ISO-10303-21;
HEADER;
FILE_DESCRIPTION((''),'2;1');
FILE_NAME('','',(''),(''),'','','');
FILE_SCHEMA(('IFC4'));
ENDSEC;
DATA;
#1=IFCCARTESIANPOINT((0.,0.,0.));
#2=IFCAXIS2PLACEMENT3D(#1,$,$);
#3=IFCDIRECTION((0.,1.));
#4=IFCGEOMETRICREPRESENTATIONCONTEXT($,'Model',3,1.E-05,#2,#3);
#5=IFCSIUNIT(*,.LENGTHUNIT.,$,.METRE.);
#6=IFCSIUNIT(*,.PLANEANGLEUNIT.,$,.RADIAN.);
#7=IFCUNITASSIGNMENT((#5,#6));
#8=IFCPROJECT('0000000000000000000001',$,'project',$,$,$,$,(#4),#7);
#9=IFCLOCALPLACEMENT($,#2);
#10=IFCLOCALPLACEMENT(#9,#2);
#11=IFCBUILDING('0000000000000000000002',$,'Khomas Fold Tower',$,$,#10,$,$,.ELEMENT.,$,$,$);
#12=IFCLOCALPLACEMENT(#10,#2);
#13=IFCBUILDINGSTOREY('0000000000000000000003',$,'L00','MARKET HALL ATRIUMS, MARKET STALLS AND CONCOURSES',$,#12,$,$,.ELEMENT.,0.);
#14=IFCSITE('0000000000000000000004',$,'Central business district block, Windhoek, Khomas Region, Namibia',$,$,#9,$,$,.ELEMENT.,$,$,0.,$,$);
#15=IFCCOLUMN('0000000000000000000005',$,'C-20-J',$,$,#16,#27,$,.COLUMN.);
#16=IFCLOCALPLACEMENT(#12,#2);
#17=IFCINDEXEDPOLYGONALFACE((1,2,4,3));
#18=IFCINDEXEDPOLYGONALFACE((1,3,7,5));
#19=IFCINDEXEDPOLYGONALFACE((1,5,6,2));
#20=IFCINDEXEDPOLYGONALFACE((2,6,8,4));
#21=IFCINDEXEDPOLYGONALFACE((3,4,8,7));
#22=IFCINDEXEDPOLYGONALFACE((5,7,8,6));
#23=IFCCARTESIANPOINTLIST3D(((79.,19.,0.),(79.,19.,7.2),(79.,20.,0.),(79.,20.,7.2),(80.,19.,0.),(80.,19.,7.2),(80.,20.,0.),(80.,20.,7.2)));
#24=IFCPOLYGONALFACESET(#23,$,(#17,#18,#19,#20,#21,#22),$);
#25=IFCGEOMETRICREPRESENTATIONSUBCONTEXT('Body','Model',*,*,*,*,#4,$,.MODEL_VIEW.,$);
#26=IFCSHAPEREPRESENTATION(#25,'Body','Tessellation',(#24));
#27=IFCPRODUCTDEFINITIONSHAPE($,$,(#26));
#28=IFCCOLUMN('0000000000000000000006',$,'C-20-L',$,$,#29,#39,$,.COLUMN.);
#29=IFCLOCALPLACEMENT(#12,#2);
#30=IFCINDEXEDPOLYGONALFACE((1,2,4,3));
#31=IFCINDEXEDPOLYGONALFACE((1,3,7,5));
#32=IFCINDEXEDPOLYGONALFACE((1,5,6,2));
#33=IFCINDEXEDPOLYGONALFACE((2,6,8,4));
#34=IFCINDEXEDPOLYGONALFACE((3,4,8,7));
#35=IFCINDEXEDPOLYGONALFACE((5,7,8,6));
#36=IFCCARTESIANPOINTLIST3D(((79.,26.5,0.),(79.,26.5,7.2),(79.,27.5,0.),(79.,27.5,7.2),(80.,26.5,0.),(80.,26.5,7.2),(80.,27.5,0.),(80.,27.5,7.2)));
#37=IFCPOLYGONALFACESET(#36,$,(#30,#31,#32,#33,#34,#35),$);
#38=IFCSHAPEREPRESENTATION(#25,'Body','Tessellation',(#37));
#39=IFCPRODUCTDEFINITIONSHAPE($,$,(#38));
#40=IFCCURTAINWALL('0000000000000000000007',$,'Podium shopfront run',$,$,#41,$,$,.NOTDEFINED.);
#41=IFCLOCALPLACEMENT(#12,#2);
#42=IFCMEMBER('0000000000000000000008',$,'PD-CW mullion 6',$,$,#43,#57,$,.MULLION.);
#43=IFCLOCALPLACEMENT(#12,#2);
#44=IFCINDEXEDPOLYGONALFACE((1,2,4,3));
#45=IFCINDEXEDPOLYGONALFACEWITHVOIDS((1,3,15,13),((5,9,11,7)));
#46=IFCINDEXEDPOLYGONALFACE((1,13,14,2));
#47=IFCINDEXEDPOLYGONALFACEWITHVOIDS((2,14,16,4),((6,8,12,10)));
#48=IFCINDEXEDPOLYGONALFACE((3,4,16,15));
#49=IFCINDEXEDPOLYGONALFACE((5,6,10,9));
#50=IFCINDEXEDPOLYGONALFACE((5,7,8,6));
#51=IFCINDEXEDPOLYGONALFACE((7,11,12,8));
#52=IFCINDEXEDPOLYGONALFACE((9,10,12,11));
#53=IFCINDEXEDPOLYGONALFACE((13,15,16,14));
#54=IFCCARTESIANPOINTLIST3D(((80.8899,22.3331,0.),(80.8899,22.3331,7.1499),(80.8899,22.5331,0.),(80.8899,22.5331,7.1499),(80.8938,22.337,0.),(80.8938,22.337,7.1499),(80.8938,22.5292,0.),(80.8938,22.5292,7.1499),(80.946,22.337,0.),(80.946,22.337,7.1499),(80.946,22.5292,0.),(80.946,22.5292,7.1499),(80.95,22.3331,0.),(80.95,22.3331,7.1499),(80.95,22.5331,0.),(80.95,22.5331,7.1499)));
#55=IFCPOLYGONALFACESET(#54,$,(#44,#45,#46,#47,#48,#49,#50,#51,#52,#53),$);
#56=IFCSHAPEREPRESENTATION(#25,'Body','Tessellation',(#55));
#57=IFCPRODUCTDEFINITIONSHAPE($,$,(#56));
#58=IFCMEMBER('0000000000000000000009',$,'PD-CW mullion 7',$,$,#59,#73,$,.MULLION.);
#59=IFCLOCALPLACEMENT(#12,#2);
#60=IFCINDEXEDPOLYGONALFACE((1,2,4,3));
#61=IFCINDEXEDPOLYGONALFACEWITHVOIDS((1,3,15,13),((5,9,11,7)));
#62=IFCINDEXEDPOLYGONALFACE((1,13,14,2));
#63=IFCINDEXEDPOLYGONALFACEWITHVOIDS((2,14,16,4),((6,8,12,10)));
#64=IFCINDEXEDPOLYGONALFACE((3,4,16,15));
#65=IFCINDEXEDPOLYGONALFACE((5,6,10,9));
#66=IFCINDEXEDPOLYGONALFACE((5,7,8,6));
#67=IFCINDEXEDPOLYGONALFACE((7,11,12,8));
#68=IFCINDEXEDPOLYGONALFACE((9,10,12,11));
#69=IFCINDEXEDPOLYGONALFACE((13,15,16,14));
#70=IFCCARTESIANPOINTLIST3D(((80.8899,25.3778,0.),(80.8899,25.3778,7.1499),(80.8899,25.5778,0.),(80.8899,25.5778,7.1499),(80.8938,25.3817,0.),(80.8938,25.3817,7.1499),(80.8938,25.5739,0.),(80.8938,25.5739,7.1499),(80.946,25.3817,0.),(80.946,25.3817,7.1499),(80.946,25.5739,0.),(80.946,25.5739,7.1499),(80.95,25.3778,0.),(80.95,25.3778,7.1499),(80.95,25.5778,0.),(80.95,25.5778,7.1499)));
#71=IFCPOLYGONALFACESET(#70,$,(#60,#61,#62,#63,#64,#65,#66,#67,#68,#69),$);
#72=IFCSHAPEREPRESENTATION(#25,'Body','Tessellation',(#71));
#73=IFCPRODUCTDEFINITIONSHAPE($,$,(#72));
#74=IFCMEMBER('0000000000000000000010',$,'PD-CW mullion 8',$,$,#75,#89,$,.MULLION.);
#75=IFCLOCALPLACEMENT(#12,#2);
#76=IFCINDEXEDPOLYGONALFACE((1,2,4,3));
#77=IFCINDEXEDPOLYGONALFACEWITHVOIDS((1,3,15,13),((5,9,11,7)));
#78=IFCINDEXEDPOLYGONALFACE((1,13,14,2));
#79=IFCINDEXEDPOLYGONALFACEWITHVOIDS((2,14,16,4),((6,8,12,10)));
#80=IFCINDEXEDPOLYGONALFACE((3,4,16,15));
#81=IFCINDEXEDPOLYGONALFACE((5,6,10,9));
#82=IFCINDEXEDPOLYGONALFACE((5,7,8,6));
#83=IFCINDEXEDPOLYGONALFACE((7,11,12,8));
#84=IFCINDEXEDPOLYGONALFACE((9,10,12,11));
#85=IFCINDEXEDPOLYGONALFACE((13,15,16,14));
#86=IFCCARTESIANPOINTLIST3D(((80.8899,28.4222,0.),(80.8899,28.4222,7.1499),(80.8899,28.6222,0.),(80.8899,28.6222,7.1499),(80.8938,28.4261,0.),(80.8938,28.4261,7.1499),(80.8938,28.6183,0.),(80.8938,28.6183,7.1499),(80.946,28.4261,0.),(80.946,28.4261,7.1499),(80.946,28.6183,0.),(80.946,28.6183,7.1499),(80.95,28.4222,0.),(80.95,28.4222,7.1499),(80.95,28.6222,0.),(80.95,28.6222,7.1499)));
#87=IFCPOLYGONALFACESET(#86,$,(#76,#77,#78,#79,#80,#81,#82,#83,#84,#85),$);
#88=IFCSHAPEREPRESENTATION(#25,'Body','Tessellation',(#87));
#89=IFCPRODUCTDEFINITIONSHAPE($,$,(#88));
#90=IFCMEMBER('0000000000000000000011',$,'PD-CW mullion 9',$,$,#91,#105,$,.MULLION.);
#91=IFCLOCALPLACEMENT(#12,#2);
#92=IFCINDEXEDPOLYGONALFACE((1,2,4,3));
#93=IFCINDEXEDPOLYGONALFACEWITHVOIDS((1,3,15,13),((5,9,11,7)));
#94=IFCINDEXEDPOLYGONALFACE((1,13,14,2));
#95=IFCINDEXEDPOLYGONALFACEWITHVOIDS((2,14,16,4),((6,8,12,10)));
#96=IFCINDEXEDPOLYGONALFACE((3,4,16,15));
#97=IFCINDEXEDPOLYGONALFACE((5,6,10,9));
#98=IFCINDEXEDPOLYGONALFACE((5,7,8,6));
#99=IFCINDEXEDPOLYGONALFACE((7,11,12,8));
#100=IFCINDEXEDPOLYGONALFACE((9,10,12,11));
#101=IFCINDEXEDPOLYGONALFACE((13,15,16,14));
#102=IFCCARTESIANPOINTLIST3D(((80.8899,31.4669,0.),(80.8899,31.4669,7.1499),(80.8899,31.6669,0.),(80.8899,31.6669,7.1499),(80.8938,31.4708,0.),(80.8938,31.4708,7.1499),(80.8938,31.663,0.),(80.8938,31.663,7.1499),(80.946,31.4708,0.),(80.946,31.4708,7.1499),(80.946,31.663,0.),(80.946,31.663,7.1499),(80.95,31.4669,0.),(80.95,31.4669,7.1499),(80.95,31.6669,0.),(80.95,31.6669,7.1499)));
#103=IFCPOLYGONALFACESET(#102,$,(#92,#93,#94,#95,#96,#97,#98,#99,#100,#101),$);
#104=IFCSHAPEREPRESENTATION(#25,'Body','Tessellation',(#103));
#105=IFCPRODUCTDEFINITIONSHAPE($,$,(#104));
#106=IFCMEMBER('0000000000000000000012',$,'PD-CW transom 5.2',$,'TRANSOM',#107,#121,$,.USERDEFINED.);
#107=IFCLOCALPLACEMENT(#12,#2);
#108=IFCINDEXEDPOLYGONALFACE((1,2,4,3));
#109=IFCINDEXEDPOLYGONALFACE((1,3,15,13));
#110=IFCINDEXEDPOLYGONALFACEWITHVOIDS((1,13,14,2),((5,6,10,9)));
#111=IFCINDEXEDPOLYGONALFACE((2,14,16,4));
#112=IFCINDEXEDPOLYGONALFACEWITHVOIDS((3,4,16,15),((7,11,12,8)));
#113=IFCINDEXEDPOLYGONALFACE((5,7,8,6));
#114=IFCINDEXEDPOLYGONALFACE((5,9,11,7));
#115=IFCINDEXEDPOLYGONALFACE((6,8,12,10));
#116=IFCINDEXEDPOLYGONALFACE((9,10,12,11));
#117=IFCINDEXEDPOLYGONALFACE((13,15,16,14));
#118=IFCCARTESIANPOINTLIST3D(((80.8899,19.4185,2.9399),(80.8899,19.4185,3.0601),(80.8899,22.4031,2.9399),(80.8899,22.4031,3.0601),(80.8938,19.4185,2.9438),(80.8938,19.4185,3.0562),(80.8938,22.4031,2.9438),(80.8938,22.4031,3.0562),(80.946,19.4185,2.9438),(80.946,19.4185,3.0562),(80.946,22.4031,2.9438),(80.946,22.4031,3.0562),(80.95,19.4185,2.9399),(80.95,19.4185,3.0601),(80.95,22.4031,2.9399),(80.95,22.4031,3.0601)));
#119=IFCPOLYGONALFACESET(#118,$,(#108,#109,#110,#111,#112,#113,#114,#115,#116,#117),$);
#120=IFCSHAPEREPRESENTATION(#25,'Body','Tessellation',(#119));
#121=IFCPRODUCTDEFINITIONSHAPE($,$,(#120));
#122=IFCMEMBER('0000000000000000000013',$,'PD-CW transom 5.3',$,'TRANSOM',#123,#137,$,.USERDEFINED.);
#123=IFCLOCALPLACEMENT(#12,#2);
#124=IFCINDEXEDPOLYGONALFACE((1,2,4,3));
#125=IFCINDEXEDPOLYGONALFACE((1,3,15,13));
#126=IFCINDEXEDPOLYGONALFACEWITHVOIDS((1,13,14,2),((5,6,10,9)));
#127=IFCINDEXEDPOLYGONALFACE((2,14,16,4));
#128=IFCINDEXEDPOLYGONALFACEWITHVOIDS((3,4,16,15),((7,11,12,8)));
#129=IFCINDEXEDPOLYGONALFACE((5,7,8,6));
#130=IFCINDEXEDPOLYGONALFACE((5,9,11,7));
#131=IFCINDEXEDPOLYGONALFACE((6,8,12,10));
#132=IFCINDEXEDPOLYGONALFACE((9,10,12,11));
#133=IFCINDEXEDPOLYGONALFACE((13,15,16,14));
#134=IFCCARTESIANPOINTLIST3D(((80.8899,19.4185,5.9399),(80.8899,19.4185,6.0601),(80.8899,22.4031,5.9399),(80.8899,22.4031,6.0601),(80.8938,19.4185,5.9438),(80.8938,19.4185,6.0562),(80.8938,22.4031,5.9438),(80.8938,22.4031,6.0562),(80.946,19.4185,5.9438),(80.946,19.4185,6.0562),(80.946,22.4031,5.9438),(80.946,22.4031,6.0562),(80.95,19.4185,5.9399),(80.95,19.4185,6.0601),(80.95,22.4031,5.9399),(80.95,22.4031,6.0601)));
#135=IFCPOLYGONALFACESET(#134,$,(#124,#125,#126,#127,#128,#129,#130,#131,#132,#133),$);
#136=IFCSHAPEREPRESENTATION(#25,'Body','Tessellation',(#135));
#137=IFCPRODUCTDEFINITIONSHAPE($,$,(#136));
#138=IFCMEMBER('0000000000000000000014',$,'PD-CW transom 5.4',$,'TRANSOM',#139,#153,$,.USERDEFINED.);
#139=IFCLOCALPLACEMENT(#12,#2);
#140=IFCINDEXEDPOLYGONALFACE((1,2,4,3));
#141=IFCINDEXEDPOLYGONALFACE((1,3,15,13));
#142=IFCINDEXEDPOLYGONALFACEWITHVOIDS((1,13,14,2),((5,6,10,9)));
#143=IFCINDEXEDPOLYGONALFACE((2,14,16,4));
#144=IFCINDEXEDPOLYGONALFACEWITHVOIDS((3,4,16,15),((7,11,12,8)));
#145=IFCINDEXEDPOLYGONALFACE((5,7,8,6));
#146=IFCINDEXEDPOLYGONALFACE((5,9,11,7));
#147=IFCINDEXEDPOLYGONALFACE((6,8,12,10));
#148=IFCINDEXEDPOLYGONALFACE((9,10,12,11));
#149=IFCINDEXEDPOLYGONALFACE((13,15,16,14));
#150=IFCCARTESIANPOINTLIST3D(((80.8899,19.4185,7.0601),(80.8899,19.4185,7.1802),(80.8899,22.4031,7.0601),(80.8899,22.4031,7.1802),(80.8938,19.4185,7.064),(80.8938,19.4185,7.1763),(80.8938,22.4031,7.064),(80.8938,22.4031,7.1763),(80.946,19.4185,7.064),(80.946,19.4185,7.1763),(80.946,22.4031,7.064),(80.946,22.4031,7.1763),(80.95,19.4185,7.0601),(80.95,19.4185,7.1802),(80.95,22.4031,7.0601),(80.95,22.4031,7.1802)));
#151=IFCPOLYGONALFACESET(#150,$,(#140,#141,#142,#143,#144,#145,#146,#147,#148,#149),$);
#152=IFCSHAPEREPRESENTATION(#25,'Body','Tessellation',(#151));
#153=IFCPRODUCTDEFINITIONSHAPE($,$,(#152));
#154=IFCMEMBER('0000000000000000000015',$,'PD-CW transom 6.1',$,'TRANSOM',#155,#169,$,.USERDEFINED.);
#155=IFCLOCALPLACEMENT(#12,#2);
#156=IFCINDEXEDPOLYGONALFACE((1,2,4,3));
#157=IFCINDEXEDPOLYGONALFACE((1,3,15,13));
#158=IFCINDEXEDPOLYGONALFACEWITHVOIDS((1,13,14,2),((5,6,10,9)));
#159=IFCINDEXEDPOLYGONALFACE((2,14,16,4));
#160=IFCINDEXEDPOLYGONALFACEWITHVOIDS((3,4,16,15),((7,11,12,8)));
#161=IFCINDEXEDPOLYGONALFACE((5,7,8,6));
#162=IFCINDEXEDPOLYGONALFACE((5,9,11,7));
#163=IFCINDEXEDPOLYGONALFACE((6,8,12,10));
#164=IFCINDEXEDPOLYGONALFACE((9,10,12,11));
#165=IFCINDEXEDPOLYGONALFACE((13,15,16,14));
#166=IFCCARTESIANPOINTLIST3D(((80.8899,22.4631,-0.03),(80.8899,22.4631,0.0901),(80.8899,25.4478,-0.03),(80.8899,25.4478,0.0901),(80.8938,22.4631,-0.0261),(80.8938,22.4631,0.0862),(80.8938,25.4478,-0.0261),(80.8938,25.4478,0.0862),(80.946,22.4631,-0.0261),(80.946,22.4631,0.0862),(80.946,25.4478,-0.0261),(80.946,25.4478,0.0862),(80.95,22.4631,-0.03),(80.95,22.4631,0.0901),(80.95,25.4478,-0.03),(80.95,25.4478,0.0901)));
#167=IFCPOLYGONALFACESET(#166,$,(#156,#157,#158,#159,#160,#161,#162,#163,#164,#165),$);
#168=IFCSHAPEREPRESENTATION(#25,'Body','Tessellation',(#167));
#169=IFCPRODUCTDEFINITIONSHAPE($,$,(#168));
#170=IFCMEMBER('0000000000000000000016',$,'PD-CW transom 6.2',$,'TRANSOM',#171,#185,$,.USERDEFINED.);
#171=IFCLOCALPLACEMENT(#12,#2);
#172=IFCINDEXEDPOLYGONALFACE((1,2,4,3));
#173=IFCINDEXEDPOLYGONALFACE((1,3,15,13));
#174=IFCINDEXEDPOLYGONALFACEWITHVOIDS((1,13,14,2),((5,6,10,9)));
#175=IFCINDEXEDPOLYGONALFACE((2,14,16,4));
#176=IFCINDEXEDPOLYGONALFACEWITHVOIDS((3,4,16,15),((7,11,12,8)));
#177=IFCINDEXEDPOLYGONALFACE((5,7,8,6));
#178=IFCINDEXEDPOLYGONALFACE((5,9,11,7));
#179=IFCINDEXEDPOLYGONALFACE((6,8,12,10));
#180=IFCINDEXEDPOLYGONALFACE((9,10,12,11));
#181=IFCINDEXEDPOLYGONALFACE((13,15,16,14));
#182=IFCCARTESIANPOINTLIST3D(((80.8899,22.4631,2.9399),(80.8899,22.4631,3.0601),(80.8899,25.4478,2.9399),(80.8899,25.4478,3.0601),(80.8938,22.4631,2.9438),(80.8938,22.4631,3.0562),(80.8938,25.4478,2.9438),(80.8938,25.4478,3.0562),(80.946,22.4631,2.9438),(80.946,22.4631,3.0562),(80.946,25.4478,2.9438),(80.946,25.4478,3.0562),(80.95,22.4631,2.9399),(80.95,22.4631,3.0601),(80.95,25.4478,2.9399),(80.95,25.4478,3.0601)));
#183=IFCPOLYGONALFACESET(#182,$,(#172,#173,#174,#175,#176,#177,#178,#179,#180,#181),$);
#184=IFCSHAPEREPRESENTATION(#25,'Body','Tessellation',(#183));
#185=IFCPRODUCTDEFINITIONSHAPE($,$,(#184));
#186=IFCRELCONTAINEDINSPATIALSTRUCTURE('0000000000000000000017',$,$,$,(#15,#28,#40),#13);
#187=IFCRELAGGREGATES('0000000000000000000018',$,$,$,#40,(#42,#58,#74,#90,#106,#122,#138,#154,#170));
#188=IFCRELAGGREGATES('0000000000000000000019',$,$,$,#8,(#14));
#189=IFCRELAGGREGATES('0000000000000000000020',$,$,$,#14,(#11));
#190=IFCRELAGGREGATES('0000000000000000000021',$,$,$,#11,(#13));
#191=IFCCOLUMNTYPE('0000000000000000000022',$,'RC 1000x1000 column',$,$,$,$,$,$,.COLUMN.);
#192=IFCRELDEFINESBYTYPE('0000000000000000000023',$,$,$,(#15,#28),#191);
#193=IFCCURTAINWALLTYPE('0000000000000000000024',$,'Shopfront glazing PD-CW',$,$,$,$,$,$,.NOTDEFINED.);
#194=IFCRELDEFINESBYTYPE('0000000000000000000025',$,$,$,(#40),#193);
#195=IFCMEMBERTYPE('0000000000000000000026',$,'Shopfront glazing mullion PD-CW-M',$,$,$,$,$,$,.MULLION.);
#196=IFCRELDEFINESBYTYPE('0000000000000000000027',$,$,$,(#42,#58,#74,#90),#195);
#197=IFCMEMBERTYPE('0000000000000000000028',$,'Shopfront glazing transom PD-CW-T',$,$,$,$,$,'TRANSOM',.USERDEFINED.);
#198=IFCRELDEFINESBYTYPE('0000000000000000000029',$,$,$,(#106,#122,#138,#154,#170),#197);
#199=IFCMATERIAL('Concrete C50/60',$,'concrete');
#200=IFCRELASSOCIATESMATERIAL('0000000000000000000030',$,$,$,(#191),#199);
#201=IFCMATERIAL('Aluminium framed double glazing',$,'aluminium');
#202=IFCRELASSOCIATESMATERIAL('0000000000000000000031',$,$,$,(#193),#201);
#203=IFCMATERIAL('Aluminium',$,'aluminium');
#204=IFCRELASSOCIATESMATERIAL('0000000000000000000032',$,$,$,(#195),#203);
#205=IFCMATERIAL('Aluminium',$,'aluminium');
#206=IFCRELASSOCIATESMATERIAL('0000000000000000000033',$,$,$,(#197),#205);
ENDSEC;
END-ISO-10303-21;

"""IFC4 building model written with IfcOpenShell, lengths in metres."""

from ifc_helpers import new_model, si_unit, direction, frame, origin, origin_2d, place, context, subcontext, project, spatial, rectangle, hollow_rectangle, extrude, source, transform, mapped, material, material_profile, profile_set, type_object, element, aggregate, save


model = new_model("IFC4")

# Units and contexts
model_context = context("Model", 3, precision=1e-05, world=origin(), true_north=direction((0.0, 1.0)))
body_context = subcontext(model_context, "Body", "Model", "MODEL_VIEW")
ifc_project = project(units=[si_unit("LENGTHUNIT", "METRE"), si_unit("PLANEANGLEUNIT", "RADIAN")], contexts=[model_context])

# Site, building, storey
site_placement = place(None, origin())
site = spatial("IfcSite", under=ifc_project, at=site_placement, Name="Central business district block, Windhoek, Khomas Region, Namibia", CompositionType="ELEMENT", RefElevation=0.0)
building_placement = place(site_placement, origin())
building = spatial("IfcBuilding", under=site, at=building_placement, Name="Khomas Fold Tower", CompositionType="ELEMENT")
storey_placement = place(building_placement, origin())
storey = spatial("IfcBuildingStorey", under=building, at=storey_placement, Name="L00", Description="MARKET HALL ATRIUMS, MARKET STALLS AND CONCOURSES", CompositionType="ELEMENT", Elevation=0.0)

# Columns
ifc_material_1 = material(Name="Concrete C50/60", Category="concrete")
ifc_material_profile_1 = material_profile(ifc_material_1, rectangle(XDim=1.0, YDim=1.0, at=origin_2d()), Name="RC 1000x1000")
ifc_profile_set_1 = profile_set([ifc_material_profile_1], Name="Concrete C50/60")
column_type = type_object("IfcColumnType", Name="RC 1000x1000 column", PredefinedType="COLUMN", material=ifc_profile_set_1)
shared_shape_1 = source(origin(), body_context, "Body", "SweptSolid", [
    extrude(rectangle(XDim=1.0, YDim=1.0, at=origin_2d()), origin(), (0.0, 0.0, 1.0), 7.2),
])
for number, where, z_axis, x_axis, name in (
    (1, (79.5, 19.5, 0.0), (0.0, 0.0, 1.0), (1.0, 0.0, 0.0), "C-20-J"),
    (2, (79.5, 27.0, 0.0), (0.0, 0.0, 1.0), (1.0, 0.0, 0.0), "C-20-L"),
):
    element("IfcColumn", number, at=place(storey_placement, frame(where, z_axis=z_axis, x_axis=x_axis)), inside=storey, type_object=column_type, Name=name, PredefinedType="COLUMN", context=body_context, shape_type="MappedRepresentation", body=[
        mapped(shared_shape_1, transform((0.0, 0.0, 0.0))),
    ])

# Curtain wall, members
ifc_material_2 = material(Name="Aluminium framed double glazing", Category="aluminium")
curtain_wall_type = type_object("IfcCurtainWallType", Name="Shopfront glazing PD-CW", PredefinedType="NOTDEFINED", material=ifc_material_2)
curtain_wall_placement = place(storey_placement, origin())
curtain_wall = element("IfcCurtainWall", 3, at=curtain_wall_placement, inside=storey, type_object=curtain_wall_type, Name="Podium shopfront run", PredefinedType="NOTDEFINED")
ifc_material_3 = material(Name="Aluminium", Category="aluminium")
ifc_material_profile_2 = material_profile(ifc_material_3, hollow_rectangle(XDim=0.0601, YDim=0.2, WallThickness=0.0039, at=origin_2d()), Name="Shopfront glazing mullion PD-CW-M")
ifc_profile_set_2 = profile_set([ifc_material_profile_2], Name="Aluminium")
member_type_1 = type_object("IfcMemberType", Name="Shopfront glazing mullion PD-CW-M", PredefinedType="MULLION", material=ifc_profile_set_2)
shared_shape_2 = source(origin(), body_context, "Body", "SweptSolid", [
    extrude(hollow_rectangle(XDim=0.0601, YDim=0.2, WallThickness=0.0039, at=origin_2d()), origin(), (0.0, 0.0, 1.0), 7.1499),
])
member_1_placement = place(storey_placement, frame((80.9199, 22.4331, 0.0), z_axis=(0.0, 0.0, 1.0), x_axis=(-1.0, 0.0, 0.0)))
member_1 = element("IfcMember", 4, at=member_1_placement, type_object=member_type_1, Name="PD-CW mullion 6", PredefinedType="MULLION", context=body_context, shape_type="MappedRepresentation", body=[
    mapped(shared_shape_2, transform((0.0, 0.0, 0.0))),
])
member_2_placement = place(storey_placement, frame((80.9199, 25.4778, 0.0), z_axis=(0.0, 0.0, 1.0), x_axis=(-1.0, 0.0, 0.0)))
member_2 = element("IfcMember", 5, at=member_2_placement, type_object=member_type_1, Name="PD-CW mullion 7", PredefinedType="MULLION", context=body_context, shape_type="MappedRepresentation", body=[
    mapped(shared_shape_2, transform((0.0, 0.0, 0.0))),
])
member_3_placement = place(storey_placement, frame((80.9199, 28.5222, 0.0), z_axis=(0.0, 0.0, 1.0), x_axis=(-1.0, 0.0, 0.0)))
member_3 = element("IfcMember", 6, at=member_3_placement, type_object=member_type_1, Name="PD-CW mullion 8", PredefinedType="MULLION", context=body_context, shape_type="MappedRepresentation", body=[
    mapped(shared_shape_2, transform((0.0, 0.0, 0.0))),
])
member_4_placement = place(storey_placement, frame((80.9199, 31.5669, 0.0), z_axis=(0.0, 0.0, 1.0), x_axis=(-1.0, 0.0, 0.0)))
member_4 = element("IfcMember", 7, at=member_4_placement, type_object=member_type_1, Name="PD-CW mullion 9", PredefinedType="MULLION", context=body_context, shape_type="MappedRepresentation", body=[
    mapped(shared_shape_2, transform((0.0, 0.0, 0.0))),
])
ifc_material_4 = material(Name="Aluminium", Category="aluminium")
ifc_material_profile_3 = material_profile(ifc_material_4, hollow_rectangle(XDim=0.0601, YDim=0.1201, WallThickness=0.0039, at=origin_2d()), Name="Shopfront glazing transom PD-CW-T")
ifc_profile_set_3 = profile_set([ifc_material_profile_3], Name="Aluminium")
member_type_2 = type_object("IfcMemberType", Name="Shopfront glazing transom PD-CW-T", ElementType="TRANSOM", PredefinedType="USERDEFINED", material=ifc_profile_set_3)
shared_shape_3 = source(origin(), body_context, "Body", "SweptSolid", [
    extrude(hollow_rectangle(XDim=0.0601, YDim=0.1201, WallThickness=0.0039, at=origin_2d()), origin(), (0.0, 0.0, 1.0), 2.9846),
])
member_5_placement = place(storey_placement, frame((80.9199, 19.4185, 3.0), z_axis=(0.0, 1.0, 0.0), x_axis=(-1.0, 0.0, 0.0)))
member_5 = element("IfcMember", 8, at=member_5_placement, type_object=member_type_2, Name="PD-CW transom 5.2", ObjectType="TRANSOM", PredefinedType="USERDEFINED", context=body_context, shape_type="MappedRepresentation", body=[
    mapped(shared_shape_3, transform((0.0, 0.0, 0.0))),
])
member_6_placement = place(storey_placement, frame((80.9199, 19.4185, 6.0), z_axis=(0.0, 1.0, 0.0), x_axis=(-1.0, 0.0, 0.0)))
member_6 = element("IfcMember", 9, at=member_6_placement, type_object=member_type_2, Name="PD-CW transom 5.3", ObjectType="TRANSOM", PredefinedType="USERDEFINED", context=body_context, shape_type="MappedRepresentation", body=[
    mapped(shared_shape_3, transform((0.0, 0.0, 0.0))),
])
member_7_placement = place(storey_placement, frame((80.9199, 19.4185, 7.1201), z_axis=(0.0, 1.0, 0.0), x_axis=(-1.0, 0.0, 0.0)))
member_7 = element("IfcMember", 10, at=member_7_placement, type_object=member_type_2, Name="PD-CW transom 5.4", ObjectType="TRANSOM", PredefinedType="USERDEFINED", context=body_context, shape_type="MappedRepresentation", body=[
    mapped(shared_shape_3, transform((0.0, 0.0, 0.0))),
])
member_8_placement = place(storey_placement, frame((80.9199, 22.4631, 0.03), z_axis=(0.0, 1.0, 0.0), x_axis=(-1.0, 0.0, 0.0)))
member_8 = element("IfcMember", 11, at=member_8_placement, type_object=member_type_2, Name="PD-CW transom 6.1", ObjectType="TRANSOM", PredefinedType="USERDEFINED", context=body_context, shape_type="MappedRepresentation", body=[
    mapped(shared_shape_3, transform((0.0, 0.0, 0.0))),
])
member_9_placement = place(storey_placement, frame((80.9199, 22.4631, 3.0), z_axis=(0.0, 1.0, 0.0), x_axis=(-1.0, 0.0, 0.0)))
member_9 = element("IfcMember", 12, at=member_9_placement, type_object=member_type_2, Name="PD-CW transom 6.2", ObjectType="TRANSOM", PredefinedType="USERDEFINED", context=body_context, shape_type="MappedRepresentation", body=[
    mapped(shared_shape_3, transform((0.0, 0.0, 0.0))),
])
aggregate(curtain_wall, [member_1, member_2, member_3, member_4, member_5, member_6, member_7, member_8, member_9])

save(model, "model.ifc")
